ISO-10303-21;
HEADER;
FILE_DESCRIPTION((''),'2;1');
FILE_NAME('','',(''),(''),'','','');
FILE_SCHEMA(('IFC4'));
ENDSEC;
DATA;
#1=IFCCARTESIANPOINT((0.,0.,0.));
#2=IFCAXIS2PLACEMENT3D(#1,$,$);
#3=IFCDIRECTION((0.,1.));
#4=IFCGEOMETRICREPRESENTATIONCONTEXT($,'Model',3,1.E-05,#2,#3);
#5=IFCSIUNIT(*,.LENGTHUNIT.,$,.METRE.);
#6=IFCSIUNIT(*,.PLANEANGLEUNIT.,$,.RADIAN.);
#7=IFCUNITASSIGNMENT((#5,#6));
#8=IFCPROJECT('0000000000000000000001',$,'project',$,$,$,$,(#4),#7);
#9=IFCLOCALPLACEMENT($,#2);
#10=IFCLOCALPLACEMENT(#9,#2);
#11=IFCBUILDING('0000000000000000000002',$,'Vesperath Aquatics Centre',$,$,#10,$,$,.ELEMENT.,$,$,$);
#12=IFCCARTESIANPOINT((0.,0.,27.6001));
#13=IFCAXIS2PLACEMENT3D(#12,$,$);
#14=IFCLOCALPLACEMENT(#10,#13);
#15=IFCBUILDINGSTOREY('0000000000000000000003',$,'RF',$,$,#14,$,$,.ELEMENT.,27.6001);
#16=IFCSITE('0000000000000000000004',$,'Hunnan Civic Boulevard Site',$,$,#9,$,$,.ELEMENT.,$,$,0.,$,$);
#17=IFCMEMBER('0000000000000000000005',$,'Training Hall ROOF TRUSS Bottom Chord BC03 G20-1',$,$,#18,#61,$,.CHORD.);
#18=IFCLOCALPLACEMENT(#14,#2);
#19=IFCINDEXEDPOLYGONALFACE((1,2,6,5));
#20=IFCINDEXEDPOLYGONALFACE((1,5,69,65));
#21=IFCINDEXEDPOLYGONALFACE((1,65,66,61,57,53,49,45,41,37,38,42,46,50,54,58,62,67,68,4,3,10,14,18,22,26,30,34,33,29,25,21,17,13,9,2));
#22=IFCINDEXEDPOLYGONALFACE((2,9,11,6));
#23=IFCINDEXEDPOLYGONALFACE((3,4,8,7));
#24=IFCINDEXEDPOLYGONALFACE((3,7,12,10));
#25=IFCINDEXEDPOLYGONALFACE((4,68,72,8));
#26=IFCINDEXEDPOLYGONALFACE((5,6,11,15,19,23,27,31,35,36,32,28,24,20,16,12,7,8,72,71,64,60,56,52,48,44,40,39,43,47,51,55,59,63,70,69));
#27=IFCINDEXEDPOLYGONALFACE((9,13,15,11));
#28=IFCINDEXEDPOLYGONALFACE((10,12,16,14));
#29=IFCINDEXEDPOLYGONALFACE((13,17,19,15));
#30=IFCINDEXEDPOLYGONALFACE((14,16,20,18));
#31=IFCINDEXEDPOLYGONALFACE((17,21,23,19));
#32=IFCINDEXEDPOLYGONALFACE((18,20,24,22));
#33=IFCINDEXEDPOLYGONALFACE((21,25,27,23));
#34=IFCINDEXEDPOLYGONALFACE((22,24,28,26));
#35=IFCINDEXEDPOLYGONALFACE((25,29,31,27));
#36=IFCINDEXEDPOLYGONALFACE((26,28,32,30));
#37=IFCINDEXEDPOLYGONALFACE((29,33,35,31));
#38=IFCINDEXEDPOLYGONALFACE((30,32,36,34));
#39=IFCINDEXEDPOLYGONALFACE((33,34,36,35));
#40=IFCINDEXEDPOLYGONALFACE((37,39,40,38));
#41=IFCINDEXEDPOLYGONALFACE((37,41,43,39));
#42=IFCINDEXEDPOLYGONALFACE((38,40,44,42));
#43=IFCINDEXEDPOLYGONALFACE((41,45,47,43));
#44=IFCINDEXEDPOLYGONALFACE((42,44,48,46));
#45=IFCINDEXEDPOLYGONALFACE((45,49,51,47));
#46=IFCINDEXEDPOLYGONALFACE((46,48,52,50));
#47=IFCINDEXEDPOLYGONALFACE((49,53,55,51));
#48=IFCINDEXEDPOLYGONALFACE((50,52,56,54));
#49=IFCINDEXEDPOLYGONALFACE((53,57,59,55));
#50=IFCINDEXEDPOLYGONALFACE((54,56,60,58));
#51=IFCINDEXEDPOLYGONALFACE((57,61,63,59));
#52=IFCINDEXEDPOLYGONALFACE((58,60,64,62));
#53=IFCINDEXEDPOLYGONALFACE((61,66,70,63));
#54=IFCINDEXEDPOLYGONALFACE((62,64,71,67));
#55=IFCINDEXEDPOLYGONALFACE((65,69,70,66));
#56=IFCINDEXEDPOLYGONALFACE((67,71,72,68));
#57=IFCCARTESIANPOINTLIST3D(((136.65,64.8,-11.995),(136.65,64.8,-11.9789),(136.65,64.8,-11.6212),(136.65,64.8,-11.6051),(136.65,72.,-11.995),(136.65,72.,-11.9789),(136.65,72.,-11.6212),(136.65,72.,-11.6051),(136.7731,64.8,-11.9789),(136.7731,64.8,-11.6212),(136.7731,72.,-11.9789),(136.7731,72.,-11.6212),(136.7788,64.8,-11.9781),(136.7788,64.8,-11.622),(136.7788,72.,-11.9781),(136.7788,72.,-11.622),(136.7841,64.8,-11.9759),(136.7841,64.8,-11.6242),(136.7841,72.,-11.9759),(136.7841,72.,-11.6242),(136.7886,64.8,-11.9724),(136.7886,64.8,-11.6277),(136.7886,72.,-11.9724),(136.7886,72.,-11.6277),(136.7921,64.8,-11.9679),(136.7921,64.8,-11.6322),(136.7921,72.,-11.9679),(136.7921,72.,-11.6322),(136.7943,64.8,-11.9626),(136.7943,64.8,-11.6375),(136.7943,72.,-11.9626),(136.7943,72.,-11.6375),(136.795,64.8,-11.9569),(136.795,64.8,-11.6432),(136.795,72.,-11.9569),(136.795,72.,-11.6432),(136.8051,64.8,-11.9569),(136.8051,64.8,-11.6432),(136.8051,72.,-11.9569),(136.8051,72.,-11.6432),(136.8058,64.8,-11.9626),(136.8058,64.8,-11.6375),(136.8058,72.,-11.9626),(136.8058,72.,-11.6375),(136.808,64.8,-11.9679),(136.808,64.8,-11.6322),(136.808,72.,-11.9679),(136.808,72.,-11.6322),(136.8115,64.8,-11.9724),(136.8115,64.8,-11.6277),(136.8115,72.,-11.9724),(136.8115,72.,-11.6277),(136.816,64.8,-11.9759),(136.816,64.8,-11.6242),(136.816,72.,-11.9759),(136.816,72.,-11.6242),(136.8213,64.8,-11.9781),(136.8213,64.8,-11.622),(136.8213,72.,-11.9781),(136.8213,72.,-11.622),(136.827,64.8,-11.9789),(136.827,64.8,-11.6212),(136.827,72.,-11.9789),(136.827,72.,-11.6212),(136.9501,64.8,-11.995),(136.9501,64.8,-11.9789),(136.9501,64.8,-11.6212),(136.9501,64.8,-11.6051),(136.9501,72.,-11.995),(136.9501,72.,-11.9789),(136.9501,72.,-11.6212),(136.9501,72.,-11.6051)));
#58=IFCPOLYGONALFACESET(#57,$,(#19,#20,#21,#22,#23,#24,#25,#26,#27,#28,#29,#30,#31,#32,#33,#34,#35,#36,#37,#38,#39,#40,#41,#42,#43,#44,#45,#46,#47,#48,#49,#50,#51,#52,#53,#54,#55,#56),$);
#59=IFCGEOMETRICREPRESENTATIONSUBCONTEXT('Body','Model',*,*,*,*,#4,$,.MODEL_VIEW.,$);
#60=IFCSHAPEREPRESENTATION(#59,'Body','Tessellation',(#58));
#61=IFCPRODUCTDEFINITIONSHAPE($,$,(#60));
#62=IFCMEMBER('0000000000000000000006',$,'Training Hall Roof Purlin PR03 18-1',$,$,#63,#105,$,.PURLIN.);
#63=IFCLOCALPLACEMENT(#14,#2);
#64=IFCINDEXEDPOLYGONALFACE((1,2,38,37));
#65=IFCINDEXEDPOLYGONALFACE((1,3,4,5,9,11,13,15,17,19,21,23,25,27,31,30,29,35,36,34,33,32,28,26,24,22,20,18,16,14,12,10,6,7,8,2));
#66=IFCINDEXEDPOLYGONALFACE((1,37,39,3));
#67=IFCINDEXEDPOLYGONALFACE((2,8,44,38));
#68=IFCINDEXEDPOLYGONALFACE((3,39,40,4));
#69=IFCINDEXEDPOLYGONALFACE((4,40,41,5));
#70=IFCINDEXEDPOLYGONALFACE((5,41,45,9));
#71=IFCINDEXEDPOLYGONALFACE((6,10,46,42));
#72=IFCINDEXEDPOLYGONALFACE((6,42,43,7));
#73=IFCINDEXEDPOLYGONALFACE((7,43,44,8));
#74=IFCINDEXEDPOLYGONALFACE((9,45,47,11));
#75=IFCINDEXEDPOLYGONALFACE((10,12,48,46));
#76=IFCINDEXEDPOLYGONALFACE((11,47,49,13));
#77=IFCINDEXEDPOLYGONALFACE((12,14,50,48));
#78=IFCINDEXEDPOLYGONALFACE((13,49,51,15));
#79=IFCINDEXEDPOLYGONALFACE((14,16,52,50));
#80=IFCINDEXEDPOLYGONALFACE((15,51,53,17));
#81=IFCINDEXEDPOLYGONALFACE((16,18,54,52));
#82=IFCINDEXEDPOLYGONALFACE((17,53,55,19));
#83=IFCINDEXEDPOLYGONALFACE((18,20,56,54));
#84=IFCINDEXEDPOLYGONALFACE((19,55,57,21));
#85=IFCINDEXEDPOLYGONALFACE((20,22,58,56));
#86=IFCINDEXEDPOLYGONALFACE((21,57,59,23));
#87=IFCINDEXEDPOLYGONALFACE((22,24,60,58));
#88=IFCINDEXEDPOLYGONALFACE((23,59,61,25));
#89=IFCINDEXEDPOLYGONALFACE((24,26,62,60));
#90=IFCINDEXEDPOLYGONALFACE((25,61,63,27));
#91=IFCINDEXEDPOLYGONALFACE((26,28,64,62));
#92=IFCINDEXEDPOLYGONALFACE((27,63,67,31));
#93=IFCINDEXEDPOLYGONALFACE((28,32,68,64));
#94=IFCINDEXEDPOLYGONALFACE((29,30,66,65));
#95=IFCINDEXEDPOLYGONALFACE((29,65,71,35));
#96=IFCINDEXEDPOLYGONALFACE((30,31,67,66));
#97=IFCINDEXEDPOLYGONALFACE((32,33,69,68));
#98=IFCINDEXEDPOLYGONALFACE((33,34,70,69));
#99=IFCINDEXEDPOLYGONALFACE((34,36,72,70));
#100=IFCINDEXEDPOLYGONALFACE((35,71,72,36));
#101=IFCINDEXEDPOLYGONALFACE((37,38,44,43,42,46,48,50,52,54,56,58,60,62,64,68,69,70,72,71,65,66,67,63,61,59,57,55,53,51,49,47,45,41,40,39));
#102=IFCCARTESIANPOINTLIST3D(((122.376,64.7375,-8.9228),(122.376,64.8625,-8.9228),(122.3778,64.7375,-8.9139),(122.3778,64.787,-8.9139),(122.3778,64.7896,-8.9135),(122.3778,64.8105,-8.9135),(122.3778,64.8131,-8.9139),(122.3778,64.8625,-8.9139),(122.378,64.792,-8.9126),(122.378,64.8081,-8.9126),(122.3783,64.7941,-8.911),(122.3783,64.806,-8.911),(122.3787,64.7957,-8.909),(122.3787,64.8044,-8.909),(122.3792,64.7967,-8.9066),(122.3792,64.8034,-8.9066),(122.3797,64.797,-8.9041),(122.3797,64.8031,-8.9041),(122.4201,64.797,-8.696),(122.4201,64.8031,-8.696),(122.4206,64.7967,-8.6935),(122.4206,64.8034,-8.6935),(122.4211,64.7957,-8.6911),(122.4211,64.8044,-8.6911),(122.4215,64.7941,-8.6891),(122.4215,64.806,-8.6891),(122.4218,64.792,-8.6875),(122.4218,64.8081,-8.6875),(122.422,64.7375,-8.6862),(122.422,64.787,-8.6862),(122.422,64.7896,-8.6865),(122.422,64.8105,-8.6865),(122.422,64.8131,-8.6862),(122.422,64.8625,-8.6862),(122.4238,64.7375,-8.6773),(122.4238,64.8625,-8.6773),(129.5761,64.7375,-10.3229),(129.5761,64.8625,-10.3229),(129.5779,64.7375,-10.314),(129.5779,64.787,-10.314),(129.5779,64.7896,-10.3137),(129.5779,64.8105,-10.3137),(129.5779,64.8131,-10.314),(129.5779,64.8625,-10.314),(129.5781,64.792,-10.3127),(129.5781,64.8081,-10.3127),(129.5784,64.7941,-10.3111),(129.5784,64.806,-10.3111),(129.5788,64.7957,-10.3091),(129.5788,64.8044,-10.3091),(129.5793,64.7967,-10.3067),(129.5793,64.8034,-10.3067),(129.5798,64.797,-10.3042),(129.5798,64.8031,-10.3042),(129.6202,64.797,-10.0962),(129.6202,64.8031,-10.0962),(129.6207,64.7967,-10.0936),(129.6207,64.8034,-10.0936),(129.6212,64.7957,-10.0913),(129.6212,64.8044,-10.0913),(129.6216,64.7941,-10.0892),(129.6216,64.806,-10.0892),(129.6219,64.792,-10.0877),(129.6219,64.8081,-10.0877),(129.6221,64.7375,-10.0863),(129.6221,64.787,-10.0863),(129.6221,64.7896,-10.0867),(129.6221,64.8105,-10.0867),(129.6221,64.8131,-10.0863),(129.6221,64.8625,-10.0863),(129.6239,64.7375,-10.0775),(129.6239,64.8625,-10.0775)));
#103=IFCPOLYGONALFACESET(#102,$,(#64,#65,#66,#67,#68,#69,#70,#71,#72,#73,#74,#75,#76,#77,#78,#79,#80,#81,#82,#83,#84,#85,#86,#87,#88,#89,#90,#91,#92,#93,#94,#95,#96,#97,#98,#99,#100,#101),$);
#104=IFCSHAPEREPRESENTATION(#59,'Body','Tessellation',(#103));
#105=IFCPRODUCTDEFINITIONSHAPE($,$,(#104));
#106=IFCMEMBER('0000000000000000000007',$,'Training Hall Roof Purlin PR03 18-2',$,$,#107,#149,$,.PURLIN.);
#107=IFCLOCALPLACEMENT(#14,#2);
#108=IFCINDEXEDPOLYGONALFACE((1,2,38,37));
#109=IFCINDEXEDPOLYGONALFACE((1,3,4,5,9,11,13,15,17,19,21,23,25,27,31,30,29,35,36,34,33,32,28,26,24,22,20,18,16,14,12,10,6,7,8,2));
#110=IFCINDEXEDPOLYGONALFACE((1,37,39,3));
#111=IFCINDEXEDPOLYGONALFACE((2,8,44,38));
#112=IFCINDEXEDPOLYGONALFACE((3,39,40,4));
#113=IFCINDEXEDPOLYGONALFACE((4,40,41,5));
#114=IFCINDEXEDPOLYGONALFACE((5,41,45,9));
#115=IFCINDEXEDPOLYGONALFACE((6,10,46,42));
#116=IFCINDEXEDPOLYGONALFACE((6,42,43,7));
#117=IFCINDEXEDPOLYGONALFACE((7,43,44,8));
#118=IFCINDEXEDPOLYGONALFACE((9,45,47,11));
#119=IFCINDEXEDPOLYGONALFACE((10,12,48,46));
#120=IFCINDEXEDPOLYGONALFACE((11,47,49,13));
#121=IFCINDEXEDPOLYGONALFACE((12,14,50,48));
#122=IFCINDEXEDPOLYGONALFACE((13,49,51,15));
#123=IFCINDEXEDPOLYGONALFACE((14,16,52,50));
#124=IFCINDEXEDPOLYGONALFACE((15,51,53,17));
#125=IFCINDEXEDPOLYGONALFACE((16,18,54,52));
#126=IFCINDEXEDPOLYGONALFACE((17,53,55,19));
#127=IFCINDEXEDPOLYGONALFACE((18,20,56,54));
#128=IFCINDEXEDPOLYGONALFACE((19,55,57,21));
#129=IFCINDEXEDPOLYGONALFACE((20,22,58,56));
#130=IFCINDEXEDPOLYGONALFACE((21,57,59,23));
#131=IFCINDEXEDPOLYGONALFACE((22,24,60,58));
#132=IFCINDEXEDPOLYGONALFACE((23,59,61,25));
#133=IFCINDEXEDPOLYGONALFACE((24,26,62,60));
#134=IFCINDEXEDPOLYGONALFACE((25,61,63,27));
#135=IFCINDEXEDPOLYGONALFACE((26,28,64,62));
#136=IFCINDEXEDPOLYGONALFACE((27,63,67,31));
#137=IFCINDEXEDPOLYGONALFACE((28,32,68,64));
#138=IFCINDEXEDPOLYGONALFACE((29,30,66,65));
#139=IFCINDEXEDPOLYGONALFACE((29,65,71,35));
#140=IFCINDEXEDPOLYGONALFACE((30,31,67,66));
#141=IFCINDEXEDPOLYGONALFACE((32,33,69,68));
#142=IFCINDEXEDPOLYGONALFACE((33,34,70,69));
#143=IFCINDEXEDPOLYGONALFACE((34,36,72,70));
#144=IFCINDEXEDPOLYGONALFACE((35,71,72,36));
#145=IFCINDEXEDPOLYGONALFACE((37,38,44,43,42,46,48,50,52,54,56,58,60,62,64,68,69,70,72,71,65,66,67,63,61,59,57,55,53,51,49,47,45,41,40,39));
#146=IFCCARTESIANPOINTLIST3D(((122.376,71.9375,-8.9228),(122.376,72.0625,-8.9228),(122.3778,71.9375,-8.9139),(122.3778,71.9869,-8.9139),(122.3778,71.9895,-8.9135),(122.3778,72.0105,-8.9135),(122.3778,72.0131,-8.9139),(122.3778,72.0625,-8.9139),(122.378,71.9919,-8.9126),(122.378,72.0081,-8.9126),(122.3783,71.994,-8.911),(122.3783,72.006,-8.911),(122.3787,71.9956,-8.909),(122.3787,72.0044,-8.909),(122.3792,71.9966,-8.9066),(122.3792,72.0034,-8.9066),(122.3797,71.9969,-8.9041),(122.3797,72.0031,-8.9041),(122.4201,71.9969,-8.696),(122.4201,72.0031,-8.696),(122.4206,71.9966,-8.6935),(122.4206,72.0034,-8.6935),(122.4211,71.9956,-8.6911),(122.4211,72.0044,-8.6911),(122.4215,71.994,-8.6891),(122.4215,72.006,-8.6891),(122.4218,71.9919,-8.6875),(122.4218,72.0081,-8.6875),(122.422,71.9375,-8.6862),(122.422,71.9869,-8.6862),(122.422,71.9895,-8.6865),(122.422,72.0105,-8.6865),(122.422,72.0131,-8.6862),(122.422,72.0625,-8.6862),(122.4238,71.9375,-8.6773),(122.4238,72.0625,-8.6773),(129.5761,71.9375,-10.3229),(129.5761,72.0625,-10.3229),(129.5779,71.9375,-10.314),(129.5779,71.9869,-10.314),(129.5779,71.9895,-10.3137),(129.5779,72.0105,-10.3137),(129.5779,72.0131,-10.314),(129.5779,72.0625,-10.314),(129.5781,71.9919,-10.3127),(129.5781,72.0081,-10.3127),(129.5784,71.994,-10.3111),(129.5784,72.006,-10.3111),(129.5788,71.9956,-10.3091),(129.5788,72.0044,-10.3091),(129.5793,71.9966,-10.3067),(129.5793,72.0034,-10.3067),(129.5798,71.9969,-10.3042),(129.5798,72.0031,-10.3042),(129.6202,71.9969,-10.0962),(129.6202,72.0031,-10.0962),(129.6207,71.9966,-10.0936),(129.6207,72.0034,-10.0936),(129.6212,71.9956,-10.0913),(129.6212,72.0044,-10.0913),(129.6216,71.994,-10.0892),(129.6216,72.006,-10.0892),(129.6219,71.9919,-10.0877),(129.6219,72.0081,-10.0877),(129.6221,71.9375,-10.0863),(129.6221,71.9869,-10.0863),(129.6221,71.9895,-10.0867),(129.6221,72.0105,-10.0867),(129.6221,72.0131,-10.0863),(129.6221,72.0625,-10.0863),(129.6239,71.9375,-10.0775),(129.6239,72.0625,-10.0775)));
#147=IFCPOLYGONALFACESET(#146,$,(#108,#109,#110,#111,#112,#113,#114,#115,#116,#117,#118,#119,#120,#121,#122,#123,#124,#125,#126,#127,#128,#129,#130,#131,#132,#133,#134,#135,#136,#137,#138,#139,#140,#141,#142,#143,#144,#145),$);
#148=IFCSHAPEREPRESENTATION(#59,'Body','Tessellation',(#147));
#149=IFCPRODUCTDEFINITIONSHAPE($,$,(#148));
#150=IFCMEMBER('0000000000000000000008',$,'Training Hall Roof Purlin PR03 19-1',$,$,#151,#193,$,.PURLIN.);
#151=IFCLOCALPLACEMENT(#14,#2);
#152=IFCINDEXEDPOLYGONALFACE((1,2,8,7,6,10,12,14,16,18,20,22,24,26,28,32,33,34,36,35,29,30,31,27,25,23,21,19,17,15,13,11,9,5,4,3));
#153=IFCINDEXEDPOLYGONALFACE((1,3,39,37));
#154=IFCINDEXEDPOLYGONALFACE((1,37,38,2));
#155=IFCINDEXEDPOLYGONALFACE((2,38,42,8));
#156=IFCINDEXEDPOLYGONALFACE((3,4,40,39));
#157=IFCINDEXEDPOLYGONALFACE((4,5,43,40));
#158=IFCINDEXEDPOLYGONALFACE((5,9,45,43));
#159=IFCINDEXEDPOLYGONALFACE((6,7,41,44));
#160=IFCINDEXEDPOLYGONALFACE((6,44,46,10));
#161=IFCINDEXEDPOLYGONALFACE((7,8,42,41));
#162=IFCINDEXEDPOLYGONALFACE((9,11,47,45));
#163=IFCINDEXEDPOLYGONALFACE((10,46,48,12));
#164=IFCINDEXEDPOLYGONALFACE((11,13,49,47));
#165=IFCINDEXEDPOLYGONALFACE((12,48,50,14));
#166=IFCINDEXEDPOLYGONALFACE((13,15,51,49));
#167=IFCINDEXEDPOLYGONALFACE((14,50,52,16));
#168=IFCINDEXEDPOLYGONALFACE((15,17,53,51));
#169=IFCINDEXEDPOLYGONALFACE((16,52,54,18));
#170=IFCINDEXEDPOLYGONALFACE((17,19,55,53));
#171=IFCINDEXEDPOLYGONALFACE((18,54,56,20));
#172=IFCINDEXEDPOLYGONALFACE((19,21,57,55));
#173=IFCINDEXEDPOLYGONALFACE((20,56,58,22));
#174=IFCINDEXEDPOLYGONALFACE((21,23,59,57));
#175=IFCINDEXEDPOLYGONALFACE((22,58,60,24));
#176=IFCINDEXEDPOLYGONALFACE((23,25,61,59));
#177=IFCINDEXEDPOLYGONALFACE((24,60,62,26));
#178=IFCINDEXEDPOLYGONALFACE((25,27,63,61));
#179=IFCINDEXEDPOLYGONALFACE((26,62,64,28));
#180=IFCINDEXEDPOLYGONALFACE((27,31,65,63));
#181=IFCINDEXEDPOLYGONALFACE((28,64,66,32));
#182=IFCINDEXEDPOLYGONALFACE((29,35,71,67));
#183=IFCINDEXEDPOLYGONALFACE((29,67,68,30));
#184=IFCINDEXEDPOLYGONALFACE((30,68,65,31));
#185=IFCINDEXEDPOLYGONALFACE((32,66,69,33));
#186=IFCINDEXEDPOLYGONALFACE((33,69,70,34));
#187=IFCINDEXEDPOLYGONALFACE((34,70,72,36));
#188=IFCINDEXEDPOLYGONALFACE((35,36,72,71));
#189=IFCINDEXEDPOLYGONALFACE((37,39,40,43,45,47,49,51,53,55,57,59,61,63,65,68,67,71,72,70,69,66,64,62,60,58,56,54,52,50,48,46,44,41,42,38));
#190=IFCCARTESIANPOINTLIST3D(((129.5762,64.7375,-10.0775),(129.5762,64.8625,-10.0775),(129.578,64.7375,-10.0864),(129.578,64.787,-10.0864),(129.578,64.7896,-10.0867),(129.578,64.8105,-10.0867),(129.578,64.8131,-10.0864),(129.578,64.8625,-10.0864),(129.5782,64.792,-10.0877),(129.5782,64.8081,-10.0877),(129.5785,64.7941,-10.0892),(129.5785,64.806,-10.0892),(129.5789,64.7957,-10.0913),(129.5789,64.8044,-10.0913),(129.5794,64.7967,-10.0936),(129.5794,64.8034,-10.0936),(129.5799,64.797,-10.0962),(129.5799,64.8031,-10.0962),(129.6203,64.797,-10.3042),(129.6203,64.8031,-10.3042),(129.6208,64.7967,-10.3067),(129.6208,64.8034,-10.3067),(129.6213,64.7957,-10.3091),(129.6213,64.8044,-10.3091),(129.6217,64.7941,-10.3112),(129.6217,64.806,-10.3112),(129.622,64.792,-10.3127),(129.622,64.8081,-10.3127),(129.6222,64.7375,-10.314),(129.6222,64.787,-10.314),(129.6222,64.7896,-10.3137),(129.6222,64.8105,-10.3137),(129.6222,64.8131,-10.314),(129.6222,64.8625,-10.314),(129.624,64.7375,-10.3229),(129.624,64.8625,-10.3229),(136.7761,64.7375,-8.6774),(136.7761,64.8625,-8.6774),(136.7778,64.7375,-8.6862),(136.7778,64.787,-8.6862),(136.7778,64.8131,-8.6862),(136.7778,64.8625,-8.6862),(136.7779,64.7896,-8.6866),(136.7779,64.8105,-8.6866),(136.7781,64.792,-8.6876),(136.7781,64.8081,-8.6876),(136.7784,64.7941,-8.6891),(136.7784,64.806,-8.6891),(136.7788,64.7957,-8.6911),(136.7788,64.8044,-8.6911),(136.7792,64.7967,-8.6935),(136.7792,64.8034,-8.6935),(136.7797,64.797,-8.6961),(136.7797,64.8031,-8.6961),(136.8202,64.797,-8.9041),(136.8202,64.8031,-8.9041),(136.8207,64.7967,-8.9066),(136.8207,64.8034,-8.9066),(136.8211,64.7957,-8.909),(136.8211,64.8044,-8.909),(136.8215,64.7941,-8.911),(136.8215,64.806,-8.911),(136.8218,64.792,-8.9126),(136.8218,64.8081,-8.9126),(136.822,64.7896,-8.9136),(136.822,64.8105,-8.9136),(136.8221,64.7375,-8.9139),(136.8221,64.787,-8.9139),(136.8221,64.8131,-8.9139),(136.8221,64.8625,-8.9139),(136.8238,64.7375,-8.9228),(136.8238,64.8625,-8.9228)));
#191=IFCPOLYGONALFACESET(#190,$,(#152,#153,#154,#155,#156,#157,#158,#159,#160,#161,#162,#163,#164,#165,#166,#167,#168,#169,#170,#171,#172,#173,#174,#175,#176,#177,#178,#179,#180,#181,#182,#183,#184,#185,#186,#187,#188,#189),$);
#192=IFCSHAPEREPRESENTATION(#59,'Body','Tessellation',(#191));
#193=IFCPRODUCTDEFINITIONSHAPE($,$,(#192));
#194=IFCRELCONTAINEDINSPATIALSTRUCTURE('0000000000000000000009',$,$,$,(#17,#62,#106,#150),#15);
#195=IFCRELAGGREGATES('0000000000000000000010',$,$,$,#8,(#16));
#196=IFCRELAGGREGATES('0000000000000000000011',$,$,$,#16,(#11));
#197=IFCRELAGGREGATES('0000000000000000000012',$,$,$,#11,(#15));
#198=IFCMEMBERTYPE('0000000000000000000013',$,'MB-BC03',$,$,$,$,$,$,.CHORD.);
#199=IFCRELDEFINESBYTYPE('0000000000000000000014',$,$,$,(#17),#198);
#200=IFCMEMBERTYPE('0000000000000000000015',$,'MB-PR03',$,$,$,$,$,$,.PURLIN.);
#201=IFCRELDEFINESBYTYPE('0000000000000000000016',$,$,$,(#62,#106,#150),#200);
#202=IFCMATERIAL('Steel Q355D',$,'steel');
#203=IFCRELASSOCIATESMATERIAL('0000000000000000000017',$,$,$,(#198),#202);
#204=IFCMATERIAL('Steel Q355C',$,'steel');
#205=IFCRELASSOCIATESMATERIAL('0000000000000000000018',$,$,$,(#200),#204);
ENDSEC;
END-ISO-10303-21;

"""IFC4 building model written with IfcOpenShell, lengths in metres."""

from ifc_helpers import new_model, si_unit, direction, frame, origin, origin_2d, place, context, subcontext, project, spatial, i_section, extrude, material, material_profile, profile_set, type_object, element, save


model = new_model("IFC4")

# Units and contexts
model_context = context("Model", 3, precision=1e-05, world=origin(), true_north=direction((0.0, 1.0)))
body_context = subcontext(model_context, "Body", "Model", "MODEL_VIEW")
ifc_project = project(units=[si_unit("LENGTHUNIT", "METRE"), si_unit("PLANEANGLEUNIT", "RADIAN")], contexts=[model_context])

# Site, building, storey
site_placement = place(None, origin())
site = spatial("IfcSite", under=ifc_project, at=site_placement, Name="Hunnan Civic Boulevard Site", CompositionType="ELEMENT", RefElevation=0.0)
building_placement = place(site_placement, origin())
building = spatial("IfcBuilding", under=site, at=building_placement, Name="Vesperath Aquatics Centre", CompositionType="ELEMENT")
storey_placement = place(building_placement, frame((0.0, 0.0, 27.6001)))
storey = spatial("IfcBuildingStorey", under=building, at=storey_placement, Name="RF", CompositionType="ELEMENT", Elevation=27.6001)

# Shared definitions
ifc_material_1 = material(Name="Steel Q355C", Category="steel")

# Members
ifc_material_2 = material(Name="Steel Q355D", Category="steel")
ifc_material_profile_1 = material_profile(ifc_material_2, i_section(OverallWidth=0.3, OverallDepth=0.3899, WebThickness=0.01, FlangeThickness=0.0161, FilletRadius=0.022, at=origin_2d()), Name="HM 390x300x10x16")
ifc_profile_set_1 = profile_set([ifc_material_profile_1], Name="Steel Q355D")
member_type_1 = type_object("IfcMemberType", Name="MB-BC03", PredefinedType="CHORD", material=ifc_profile_set_1)
for number, where, z_axis, x_axis, name in (
    (1, (136.8, 64.8, -11.8), (0.0, 1.0, 0.0), (-1.0, 0.0, 0.0), "Training Hall ROOF TRUSS Bottom Chord BC03 G20-1"),
):
    element("IfcMember", number, at=place(storey_placement, frame(where, z_axis=z_axis, x_axis=x_axis)), inside=storey, type_object=member_type_1, Name=name, PredefinedType="CHORD", context=body_context, shape_type="SweptSolid", body=[
        extrude(i_section(OverallWidth=0.3, OverallDepth=0.3899, WebThickness=0.01, FlangeThickness=0.0161, FilletRadius=0.022, at=origin_2d()), origin(), (0.0, 0.0, 1.0), 7.2),
    ])
ifc_material_profile_2 = material_profile(ifc_material_1, i_section(OverallWidth=0.125, OverallDepth=0.25, WebThickness=0.0061, FlangeThickness=0.009, FilletRadius=0.01, at=origin_2d()), Name="HN 250x125x6x9")
ifc_profile_set_2 = profile_set([ifc_material_profile_2], Name="Steel Q355C")
member_type_2 = type_object("IfcMemberType", Name="MB-PR03", PredefinedType="PURLIN", material=ifc_profile_set_2)
for number, where, z_axis, x_axis, name in (
    (2, (122.3999, 64.8, -8.8), (0.981613, 0.0, -0.190884), (0.0, 1.0, 0.0), "Training Hall Roof Purlin PR03 18-1"),
    (3, (122.3999, 72.0, -8.8), (0.981613, 0.0, -0.190884), (0.0, 1.0, 0.0), "Training Hall Roof Purlin PR03 18-2"),
):
    element("IfcMember", number, at=place(storey_placement, frame(where, z_axis=z_axis, x_axis=x_axis)), inside=storey, type_object=member_type_2, Name=name, PredefinedType="PURLIN", context=body_context, shape_type="SweptSolid", body=[
        extrude(i_section(OverallWidth=0.125, OverallDepth=0.25, WebThickness=0.0061, FlangeThickness=0.009, FilletRadius=0.01, at=origin_2d()), origin(), (0.0, 0.0, 1.0), 7.335),
    ])
for number, where, z_axis, x_axis, name in (
    (4, (129.6001, 64.8, -10.2002), (0.981611, 0.0, 0.19089), (0.0, 1.0, 0.0), "Training Hall Roof Purlin PR03 19-1"),
):
    element("IfcMember", number, at=place(storey_placement, frame(where, z_axis=z_axis, x_axis=x_axis)), inside=storey, type_object=member_type_2, Name=name, PredefinedType="PURLIN", context=body_context, shape_type="SweptSolid", body=[
        extrude(i_section(OverallWidth=0.125, OverallDepth=0.25, WebThickness=0.0061, FlangeThickness=0.009, FilletRadius=0.01, at=origin_2d()), origin(), (0.0, 0.0, 1.0), 7.3347),
    ])

save(model, "model.ifc")
